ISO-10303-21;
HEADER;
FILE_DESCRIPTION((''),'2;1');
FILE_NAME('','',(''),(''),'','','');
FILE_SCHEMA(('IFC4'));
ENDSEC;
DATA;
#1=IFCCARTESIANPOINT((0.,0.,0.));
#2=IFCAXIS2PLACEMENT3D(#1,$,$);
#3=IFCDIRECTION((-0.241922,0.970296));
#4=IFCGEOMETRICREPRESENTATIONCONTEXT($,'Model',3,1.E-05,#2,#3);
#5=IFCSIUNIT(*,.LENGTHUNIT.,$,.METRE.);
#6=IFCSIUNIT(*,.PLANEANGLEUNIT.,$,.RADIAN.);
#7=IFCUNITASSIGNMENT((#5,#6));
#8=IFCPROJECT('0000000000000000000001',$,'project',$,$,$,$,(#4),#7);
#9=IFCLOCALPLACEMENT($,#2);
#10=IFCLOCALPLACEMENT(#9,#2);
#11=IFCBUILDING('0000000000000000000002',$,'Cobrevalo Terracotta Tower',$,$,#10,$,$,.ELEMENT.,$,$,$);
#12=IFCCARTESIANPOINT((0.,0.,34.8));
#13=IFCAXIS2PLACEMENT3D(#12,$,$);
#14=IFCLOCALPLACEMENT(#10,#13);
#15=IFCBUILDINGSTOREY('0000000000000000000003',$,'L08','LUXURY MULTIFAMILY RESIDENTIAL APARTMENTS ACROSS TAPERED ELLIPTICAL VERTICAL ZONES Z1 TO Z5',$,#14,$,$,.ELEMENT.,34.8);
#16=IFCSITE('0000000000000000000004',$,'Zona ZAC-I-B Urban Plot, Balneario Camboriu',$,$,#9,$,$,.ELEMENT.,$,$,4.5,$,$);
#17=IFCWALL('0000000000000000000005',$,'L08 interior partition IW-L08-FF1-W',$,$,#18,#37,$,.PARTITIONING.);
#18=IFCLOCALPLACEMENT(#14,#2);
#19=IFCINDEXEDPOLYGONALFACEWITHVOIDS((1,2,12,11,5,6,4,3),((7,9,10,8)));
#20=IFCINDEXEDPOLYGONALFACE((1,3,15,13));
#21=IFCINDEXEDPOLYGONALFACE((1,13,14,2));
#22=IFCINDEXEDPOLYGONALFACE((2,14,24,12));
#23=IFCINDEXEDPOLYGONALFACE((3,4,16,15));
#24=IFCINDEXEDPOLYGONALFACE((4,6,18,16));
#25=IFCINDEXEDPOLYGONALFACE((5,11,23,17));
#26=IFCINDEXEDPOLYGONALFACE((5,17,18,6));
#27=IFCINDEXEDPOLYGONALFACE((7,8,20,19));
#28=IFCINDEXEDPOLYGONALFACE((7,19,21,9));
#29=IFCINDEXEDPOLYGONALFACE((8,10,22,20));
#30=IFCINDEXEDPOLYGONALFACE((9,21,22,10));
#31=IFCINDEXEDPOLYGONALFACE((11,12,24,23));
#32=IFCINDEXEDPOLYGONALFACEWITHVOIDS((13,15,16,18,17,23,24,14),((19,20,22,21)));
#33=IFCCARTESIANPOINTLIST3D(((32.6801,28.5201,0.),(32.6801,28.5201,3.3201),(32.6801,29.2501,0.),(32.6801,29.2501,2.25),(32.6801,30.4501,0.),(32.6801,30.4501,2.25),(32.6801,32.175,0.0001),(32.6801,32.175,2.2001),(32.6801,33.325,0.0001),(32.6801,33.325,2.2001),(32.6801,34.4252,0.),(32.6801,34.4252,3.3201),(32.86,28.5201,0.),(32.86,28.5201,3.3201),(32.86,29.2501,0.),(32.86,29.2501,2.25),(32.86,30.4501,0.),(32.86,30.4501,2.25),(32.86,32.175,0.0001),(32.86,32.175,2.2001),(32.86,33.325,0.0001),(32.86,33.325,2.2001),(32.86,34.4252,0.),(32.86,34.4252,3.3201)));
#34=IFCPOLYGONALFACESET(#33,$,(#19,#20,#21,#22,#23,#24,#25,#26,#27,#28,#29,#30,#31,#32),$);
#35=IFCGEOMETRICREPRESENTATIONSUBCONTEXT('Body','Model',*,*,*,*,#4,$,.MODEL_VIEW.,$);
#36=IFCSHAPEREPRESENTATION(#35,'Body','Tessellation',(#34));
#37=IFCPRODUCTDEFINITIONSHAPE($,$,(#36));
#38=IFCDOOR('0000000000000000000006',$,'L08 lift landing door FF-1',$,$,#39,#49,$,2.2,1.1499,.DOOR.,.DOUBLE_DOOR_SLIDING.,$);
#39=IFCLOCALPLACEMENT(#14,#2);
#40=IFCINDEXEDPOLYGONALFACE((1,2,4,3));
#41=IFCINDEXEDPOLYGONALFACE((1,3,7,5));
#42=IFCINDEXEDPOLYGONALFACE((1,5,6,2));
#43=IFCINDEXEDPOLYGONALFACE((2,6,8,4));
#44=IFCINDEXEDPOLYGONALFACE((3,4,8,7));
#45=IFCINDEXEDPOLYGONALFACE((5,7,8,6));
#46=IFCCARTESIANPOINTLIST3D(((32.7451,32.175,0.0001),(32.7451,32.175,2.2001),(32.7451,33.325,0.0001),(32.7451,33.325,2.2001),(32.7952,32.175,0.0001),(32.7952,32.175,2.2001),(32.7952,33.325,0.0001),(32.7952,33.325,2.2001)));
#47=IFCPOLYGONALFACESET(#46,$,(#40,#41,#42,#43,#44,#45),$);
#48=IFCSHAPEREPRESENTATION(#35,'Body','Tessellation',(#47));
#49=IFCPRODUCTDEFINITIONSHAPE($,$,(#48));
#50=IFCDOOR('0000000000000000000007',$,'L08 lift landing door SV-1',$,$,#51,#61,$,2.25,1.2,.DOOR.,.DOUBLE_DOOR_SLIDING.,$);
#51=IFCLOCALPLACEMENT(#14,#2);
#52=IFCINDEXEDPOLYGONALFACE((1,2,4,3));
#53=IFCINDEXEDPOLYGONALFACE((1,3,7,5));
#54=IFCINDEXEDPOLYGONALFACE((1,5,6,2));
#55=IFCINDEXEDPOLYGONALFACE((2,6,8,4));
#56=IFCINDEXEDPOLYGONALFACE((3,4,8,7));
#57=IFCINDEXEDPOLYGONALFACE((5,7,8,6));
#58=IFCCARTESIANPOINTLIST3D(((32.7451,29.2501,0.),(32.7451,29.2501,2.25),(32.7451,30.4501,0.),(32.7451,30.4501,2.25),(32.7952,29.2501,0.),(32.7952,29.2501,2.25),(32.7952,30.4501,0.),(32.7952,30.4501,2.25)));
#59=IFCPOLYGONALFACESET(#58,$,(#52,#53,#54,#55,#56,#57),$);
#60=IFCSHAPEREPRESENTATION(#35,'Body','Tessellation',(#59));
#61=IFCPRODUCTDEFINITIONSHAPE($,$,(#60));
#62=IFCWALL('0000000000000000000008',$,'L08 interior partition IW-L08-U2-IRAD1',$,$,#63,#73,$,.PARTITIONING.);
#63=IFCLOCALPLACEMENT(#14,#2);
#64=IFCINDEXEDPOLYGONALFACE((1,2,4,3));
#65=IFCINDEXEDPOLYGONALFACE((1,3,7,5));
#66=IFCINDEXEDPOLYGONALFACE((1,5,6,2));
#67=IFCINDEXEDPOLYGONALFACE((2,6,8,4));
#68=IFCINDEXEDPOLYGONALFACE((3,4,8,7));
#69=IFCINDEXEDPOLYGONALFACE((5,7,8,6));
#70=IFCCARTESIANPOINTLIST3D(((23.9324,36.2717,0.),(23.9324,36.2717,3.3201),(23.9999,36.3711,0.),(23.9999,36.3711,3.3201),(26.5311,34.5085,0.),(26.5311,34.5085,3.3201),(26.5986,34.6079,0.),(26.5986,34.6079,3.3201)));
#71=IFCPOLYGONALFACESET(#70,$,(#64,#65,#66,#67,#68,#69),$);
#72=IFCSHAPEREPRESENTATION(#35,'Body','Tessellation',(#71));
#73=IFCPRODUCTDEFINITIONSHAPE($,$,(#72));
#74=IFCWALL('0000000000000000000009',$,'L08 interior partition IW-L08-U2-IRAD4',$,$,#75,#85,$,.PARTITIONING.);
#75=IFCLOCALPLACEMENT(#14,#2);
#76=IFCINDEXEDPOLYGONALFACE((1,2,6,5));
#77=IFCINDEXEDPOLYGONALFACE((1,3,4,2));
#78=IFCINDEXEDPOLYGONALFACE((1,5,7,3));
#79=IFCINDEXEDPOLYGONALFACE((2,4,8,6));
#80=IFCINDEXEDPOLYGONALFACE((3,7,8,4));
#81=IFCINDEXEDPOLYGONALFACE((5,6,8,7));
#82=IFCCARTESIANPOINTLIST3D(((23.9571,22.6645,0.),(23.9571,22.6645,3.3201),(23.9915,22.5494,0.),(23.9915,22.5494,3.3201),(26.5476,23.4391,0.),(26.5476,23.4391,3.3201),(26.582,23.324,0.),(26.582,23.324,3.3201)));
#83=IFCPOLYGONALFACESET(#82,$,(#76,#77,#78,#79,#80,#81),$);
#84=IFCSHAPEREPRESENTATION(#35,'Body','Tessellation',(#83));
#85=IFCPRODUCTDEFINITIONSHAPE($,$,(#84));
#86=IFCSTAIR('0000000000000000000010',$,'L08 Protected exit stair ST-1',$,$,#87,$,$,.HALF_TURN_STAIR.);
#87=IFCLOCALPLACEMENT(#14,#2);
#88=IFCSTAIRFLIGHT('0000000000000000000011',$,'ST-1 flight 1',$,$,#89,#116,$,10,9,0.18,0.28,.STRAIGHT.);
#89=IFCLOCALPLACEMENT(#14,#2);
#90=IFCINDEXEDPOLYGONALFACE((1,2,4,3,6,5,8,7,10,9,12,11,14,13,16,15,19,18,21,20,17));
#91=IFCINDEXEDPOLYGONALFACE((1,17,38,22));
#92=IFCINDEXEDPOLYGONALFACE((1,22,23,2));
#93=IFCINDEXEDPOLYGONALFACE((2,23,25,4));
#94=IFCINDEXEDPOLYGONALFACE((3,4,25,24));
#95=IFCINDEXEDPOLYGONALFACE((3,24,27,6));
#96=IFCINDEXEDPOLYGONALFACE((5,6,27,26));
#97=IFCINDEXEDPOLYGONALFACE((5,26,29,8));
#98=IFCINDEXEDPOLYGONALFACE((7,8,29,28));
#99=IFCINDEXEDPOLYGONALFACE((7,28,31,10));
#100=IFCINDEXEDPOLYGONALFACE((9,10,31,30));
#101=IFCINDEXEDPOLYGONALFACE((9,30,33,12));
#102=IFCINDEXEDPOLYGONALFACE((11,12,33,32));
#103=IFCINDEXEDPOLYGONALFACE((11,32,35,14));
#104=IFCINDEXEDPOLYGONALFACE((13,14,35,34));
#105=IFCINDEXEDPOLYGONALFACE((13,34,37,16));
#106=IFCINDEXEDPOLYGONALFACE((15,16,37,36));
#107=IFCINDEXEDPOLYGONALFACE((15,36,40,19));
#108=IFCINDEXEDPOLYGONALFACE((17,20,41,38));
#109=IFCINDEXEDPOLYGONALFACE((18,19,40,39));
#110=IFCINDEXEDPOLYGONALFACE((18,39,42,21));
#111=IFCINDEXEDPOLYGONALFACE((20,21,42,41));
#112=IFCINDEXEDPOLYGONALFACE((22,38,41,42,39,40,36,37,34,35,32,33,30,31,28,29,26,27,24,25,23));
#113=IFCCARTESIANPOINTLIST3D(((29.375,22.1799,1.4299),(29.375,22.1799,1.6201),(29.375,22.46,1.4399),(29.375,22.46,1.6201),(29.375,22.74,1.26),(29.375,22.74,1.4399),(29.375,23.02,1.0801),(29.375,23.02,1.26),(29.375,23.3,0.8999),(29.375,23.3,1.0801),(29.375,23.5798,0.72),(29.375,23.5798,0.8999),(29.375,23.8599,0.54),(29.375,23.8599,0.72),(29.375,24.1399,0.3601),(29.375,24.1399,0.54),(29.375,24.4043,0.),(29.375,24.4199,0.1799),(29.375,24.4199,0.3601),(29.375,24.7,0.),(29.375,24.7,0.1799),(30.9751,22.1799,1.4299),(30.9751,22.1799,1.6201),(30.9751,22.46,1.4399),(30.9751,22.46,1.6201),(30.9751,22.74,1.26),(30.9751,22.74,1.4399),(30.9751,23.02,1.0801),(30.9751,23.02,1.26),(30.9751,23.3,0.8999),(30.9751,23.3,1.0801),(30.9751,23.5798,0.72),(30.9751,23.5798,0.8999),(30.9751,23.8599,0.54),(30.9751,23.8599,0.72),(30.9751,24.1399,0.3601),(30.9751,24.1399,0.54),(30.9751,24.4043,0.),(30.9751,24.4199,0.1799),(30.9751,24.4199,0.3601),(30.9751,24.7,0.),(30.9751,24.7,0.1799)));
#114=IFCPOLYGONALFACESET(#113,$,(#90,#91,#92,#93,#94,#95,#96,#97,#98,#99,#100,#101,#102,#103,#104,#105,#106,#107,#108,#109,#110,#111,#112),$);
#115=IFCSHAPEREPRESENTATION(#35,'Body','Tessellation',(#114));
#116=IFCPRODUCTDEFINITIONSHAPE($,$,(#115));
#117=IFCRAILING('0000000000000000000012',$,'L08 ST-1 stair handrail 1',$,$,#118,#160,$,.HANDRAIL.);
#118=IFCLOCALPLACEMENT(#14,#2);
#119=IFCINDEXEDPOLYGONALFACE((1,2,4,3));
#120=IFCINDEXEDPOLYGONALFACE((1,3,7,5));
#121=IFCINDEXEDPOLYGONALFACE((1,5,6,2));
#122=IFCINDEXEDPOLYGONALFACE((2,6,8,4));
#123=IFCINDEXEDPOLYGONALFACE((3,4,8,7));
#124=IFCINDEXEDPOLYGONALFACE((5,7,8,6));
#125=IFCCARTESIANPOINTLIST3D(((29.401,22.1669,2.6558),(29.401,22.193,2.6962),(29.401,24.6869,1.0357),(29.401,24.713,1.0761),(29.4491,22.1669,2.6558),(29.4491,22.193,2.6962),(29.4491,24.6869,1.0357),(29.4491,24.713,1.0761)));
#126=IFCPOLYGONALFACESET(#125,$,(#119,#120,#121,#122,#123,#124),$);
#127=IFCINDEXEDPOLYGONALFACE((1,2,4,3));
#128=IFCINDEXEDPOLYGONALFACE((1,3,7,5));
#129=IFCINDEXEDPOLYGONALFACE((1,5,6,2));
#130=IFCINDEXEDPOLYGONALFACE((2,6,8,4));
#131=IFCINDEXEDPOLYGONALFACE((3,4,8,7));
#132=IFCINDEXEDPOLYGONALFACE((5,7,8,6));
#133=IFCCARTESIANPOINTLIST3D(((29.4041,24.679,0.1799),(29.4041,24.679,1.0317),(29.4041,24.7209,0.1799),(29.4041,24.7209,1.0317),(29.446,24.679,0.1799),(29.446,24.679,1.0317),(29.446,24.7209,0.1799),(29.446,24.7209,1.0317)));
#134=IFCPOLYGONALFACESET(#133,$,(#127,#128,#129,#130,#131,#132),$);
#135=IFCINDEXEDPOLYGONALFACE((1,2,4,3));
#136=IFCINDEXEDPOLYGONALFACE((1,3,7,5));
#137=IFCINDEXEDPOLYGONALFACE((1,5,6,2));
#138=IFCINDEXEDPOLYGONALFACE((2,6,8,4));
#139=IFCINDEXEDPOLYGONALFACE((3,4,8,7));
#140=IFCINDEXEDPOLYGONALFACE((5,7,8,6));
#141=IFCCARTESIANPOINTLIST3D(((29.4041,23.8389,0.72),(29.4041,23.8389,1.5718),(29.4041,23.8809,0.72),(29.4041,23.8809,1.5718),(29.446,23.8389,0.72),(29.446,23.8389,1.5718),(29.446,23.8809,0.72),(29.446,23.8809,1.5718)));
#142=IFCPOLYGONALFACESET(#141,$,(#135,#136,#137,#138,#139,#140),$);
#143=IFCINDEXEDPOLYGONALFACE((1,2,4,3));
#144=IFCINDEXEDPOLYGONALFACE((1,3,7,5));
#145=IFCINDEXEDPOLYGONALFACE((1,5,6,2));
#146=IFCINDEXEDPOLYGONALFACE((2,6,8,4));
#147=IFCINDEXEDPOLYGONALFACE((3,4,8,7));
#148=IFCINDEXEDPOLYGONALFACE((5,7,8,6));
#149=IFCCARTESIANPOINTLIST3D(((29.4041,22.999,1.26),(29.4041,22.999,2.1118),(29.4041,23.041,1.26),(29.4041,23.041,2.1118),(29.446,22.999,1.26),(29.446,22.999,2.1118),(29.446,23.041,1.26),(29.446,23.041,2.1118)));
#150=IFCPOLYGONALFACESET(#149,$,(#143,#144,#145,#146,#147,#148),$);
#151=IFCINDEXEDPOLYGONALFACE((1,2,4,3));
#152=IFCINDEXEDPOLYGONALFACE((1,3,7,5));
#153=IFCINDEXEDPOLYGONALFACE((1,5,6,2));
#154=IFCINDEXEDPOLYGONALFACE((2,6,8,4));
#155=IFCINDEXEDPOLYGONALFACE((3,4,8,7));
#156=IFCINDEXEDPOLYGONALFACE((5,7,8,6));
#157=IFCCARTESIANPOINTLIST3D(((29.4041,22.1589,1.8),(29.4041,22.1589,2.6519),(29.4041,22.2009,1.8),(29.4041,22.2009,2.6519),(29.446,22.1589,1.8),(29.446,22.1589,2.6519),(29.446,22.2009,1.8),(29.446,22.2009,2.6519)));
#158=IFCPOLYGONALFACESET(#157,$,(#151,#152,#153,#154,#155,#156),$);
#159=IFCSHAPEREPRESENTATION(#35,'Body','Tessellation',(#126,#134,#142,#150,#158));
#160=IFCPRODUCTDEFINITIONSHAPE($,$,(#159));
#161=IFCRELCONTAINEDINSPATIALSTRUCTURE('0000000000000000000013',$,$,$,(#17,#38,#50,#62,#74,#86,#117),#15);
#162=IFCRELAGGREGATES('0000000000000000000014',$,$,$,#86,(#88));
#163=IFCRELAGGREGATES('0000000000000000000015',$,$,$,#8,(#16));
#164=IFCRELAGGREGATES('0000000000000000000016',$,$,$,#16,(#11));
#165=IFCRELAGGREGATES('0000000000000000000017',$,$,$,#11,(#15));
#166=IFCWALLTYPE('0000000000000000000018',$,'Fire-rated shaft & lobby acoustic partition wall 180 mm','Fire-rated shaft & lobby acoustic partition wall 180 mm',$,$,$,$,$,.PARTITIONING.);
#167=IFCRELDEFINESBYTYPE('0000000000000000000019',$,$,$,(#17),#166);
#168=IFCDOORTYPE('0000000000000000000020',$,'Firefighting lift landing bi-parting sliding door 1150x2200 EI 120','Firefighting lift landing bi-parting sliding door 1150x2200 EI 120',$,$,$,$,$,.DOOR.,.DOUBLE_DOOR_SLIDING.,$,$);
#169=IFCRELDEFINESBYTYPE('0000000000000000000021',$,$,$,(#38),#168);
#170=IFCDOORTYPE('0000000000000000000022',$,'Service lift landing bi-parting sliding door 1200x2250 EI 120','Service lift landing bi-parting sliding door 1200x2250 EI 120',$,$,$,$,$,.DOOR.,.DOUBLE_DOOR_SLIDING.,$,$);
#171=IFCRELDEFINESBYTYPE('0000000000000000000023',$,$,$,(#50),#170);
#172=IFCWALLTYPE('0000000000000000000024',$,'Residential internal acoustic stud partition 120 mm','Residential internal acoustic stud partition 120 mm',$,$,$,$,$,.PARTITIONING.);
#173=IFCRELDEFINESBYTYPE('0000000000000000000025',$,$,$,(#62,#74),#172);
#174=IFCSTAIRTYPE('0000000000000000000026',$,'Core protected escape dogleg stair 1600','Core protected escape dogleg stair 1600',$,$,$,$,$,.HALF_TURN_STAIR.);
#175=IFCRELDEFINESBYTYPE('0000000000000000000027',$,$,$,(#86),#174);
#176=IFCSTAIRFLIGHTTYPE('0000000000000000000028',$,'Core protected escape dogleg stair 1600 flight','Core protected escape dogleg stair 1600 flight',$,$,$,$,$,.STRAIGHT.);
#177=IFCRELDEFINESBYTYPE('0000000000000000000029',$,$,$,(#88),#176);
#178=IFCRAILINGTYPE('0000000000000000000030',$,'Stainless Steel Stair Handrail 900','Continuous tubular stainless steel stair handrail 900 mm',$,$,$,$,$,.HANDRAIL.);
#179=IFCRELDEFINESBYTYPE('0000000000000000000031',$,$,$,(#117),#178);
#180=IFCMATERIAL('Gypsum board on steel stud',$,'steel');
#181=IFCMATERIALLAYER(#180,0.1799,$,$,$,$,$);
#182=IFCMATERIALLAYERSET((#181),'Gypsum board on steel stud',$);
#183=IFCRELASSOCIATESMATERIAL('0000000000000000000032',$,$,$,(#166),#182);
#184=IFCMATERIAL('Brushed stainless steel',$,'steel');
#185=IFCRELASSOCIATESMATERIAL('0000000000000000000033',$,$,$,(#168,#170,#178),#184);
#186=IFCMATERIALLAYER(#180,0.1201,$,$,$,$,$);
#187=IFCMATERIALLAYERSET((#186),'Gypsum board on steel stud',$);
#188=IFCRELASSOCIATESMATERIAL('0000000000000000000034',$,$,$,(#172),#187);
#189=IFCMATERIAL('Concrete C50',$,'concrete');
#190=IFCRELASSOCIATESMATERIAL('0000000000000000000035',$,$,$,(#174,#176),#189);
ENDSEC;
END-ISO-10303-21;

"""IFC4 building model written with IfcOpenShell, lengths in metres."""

from ifc_helpers import new_model, si_unit, direction, frame, frame_2d, origin, origin_2d, place, context, subcontext, project, spatial, polyline, rectangle, outline, extrude, source, transform, mapped, material, layer, layer_set, type_object, element, fill, aggregate, save


model = new_model("IFC4")

# Units and contexts
model_context = context("Model", 3, precision=1e-05, world=origin(), true_north=direction((-0.241922, 0.970296)))
body_context = subcontext(model_context, "Body", "Model", "MODEL_VIEW")
ifc_project = project(units=[si_unit("LENGTHUNIT", "METRE"), si_unit("PLANEANGLEUNIT", "RADIAN")], contexts=[model_context])

# Site, building, storey
site_placement = place(None, origin())
site = spatial("IfcSite", under=ifc_project, at=site_placement, Name="Zona ZAC-I-B Urban Plot, Balneario Camboriu", CompositionType="ELEMENT", RefElevation=4.5)
building_placement = place(site_placement, origin())
building = spatial("IfcBuilding", under=site, at=building_placement, Name="Cobrevalo Terracotta Tower", CompositionType="ELEMENT")
storey_placement = place(building_placement, frame((0.0, 0.0, 34.8)))
storey = spatial("IfcBuildingStorey", under=building, at=storey_placement, Name="L08", Description="LUXURY MULTIFAMILY RESIDENTIAL APARTMENTS ACROSS TAPERED ELLIPTICAL VERTICAL ZONES Z1 TO Z5", CompositionType="ELEMENT", Elevation=34.8)

# Shared definitions
ifc_material_1 = material(Name="Gypsum board on steel stud", Category="steel")

# Shared definitions
ifc_layer_1 = layer(ifc_material_1, 0.1799)
ifc_layer_set_1 = layer_set([ifc_layer_1], Name="Gypsum board on steel stud")
wall_type_1 = type_object("IfcWallType", Name="Fire-rated shaft & lobby acoustic partition wall 180 mm", Description="Fire-rated shaft & lobby acoustic partition wall 180 mm", PredefinedType="PARTITIONING", material=ifc_layer_set_1)

# Wall, openings, doors
wall_1_placement = place(storey_placement, frame((32.77, 28.52, 0.0), z_axis=(0.0, 0.0, 1.0), x_axis=(0.0, 1.0, 0.0)))
wall_1 = element("IfcWall", 1, at=wall_1_placement, inside=storey, type_object=wall_type_1, Name="L08 interior partition IW-L08-FF1-W", PredefinedType="PARTITIONING", context=body_context, shape_type="SweptSolid", body=[
    extrude(rectangle(XDim=5.905, YDim=0.1799, at=frame_2d((2.9526, 0.0))), origin(), (0.0, 0.0, 1.0), 3.3201),
])
opening_1_placement = place(wall_1_placement, frame((3.655, 0.0, 0.0)))
opening_1 = element("IfcOpeningElement", 2, at=opening_1_placement, cuts=wall_1, PredefinedType="OPENING", context=body_context, shape_type="SweptSolid", body=[
    extrude(rectangle(XDim=1.1499, YDim=2.2, at=frame_2d((0.575, 1.1001))), frame((0.0, 0.1001, 0.0), z_axis=(0.0, -1.0, 0.0), x_axis=(1.0, 0.0, 0.0)), (0.0, 0.0, 1.0), 0.2),
])
opening_2_placement = place(wall_1_placement, frame((0.73, 0.0, 0.0)))
opening_2 = element("IfcOpeningElement", 3, at=opening_2_placement, cuts=wall_1, PredefinedType="OPENING", context=body_context, shape_type="SweptSolid", body=[
    extrude(rectangle(XDim=1.2, YDim=2.25, at=frame_2d((0.6001, 1.125))), frame((0.0, 0.1001, 0.0), z_axis=(0.0, -1.0, 0.0), x_axis=(1.0, 0.0, 0.0)), (0.0, 0.0, 1.0), 0.2),
])
ifc_material_2 = material(Name="Brushed stainless steel", Category="steel")
door_type_1 = type_object("IfcDoorType", Name="Firefighting lift landing bi-parting sliding door 1150x2200 EI 120", Description="Firefighting lift landing bi-parting sliding door 1150x2200 EI 120", OperationType="DOUBLE_DOOR_SLIDING", PredefinedType="DOOR", material=ifc_material_2)
shared_shape_1 = source(origin(), body_context, "Body", "SweptSolid", [
    extrude(rectangle(XDim=1.1499, YDim=2.2, at=frame_2d((0.575, 1.1001))), frame((0.0, 0.0249, 0.0), z_axis=(0.0, -1.0, 0.0), x_axis=(1.0, 0.0, 0.0)), (0.0, 0.0, 1.0), 0.05),
])
door_1_placement = place(opening_1_placement, origin())
door_1 = element("IfcDoor", 4, at=door_1_placement, inside=storey, type_object=door_type_1, Name="L08 lift landing door FF-1", OperationType="DOUBLE_DOOR_SLIDING", OverallHeight=2.2, OverallWidth=1.1499, PredefinedType="DOOR", context=body_context, shape_type="MappedRepresentation", body=[
    mapped(shared_shape_1, transform((0.0, 0.0, 0.0), scale=1.0)),
])
fill(opening_1, door_1)
door_type_2 = type_object("IfcDoorType", Name="Service lift landing bi-parting sliding door 1200x2250 EI 120", Description="Service lift landing bi-parting sliding door 1200x2250 EI 120", OperationType="DOUBLE_DOOR_SLIDING", PredefinedType="DOOR", material=ifc_material_2)
shared_shape_2 = source(origin(), body_context, "Body", "SweptSolid", [
    extrude(rectangle(XDim=1.2, YDim=2.25, at=frame_2d((0.6001, 1.125))), frame((0.0, 0.0249, 0.0), z_axis=(0.0, -1.0, 0.0), x_axis=(1.0, 0.0, 0.0)), (0.0, 0.0, 1.0), 0.05),
])
door_2_placement = place(opening_2_placement, origin())
door_2 = element("IfcDoor", 5, at=door_2_placement, inside=storey, type_object=door_type_2, Name="L08 lift landing door SV-1", OperationType="DOUBLE_DOOR_SLIDING", OverallHeight=2.25, OverallWidth=1.2, PredefinedType="DOOR", context=body_context, shape_type="MappedRepresentation", body=[
    mapped(shared_shape_2, transform((0.0, 0.0, 0.0), scale=1.0)),
])
fill(opening_2, door_2)

# Wall
ifc_layer_2 = layer(ifc_material_1, 0.1201)
ifc_layer_set_2 = layer_set([ifc_layer_2], Name="Gypsum board on steel stud")
wall_type_2 = type_object("IfcWallType", Name="Residential internal acoustic stud partition 120 mm", Description="Residential internal acoustic stud partition 120 mm", PredefinedType="PARTITIONING", material=ifc_layer_set_2)
wall_2_placement = place(storey_placement, frame((26.5649, 34.5581, 0.0), z_axis=(0.0, 0.0, 1.0), x_axis=(-0.827502, 0.561463, 0.0)))
element("IfcWall", 6, at=wall_2_placement, inside=storey, type_object=wall_type_2, Name="L08 interior partition IW-L08-U2-IRAD1", PredefinedType="PARTITIONING", context=body_context, shape_type="SweptSolid", body=[
    extrude(rectangle(XDim=3.1404, YDim=0.1201, at=frame_2d((1.5703, 0.0))), origin(), (0.0, 0.0, 1.0), 3.3201),
])

# Wall
wall_3_placement = place(storey_placement, frame((26.5649, 23.3816, 0.0), z_axis=(0.0, 0.0, 1.0), x_axis=(-0.958082, -0.286495, 0.0)))
element("IfcWall", 7, at=wall_3_placement, inside=storey, type_object=wall_type_2, Name="L08 interior partition IW-L08-U2-IRAD4", PredefinedType="PARTITIONING", context=body_context, shape_type="SweptSolid", body=[
    extrude(rectangle(XDim=2.7039, YDim=0.1201, at=frame_2d((1.3521, 0.0))), origin(), (0.0, 0.0, 1.0), 3.3201),
])

# Shared definitions
ifc_material_3 = material(Name="Concrete C50", Category="concrete")

# Stair, stair flight
stair_type = type_object("IfcStairType", Name="Core protected escape dogleg stair 1600", Description="Core protected escape dogleg stair 1600", PredefinedType="HALF_TURN_STAIR", material=ifc_material_3)
stair_placement = place(storey_placement, origin())
stair = element("IfcStair", 8, at=stair_placement, inside=storey, type_object=stair_type, Name="L08 Protected exit stair ST-1", PredefinedType="HALF_TURN_STAIR")
stair_flight_type = type_object("IfcStairFlightType", Name="Core protected escape dogleg stair 1600 flight", Description="Core protected escape dogleg stair 1600 flight", PredefinedType="STRAIGHT", material=ifc_material_3)
stair_flight_placement = place(storey_placement, frame((30.175, 24.7, 0.0), z_axis=(0.0, 0.0, 1.0), x_axis=(0.0, -1.0, 0.0)))
stair_flight = element("IfcStairFlight", 9, at=stair_flight_placement, type_object=stair_flight_type, Name="ST-1 flight 1", NumberOfRisers=10, NumberOfTreads=9, PredefinedType="STRAIGHT", RiserHeight=0.18, TreadLength=0.28, context=body_context, shape_type="SweptSolid", body=[
    extrude(outline(polyline([(0.0, 0.0), (0.0, 0.1799), (0.28, 0.1799), (0.28, 0.3601), (0.5601, 0.3601), (0.5601, 0.54), (0.8401, 0.54), (0.8401, 0.72), (1.1201, 0.72), (1.1201, 0.8999), (1.3999, 0.8999), (1.3999, 1.0801), (1.6799, 1.0801), (1.6799, 1.26), (1.96, 1.26), (1.96, 1.4399), (2.24, 1.4399), (2.24, 1.6201), (2.52, 1.6201), (2.52, 1.8), (2.52, 1.4299), (0.2957, 0.0), (0.0, 0.0)])), frame((0.0, 0.8, 0.0), z_axis=(0.0, -1.0, 0.0), x_axis=(1.0, 0.0, 0.0)), (0.0, 0.0, 1.0), 1.6001),
])
aggregate(stair, [stair_flight])

# Railing
railing_type_1 = type_object("IfcRailingType", Name="Stainless Steel Stair Handrail 900", Description="Continuous tubular stainless steel stair handrail 900 mm", PredefinedType="HANDRAIL", material=ifc_material_2)
railing_1_placement = place(storey_placement, frame((29.425, 24.7, 0.1799)))
element("IfcRailing", 10, at=railing_1_placement, inside=storey, type_object=railing_type_1, Name="L08 ST-1 stair handrail 1", PredefinedType="HANDRAIL", context=body_context, shape_type="SweptSolid", body=[
    extrude(rectangle(XDim=0.0481, YDim=0.0481, at=origin_2d()), frame((0.0, 0.0, 0.876), z_axis=(0.0, -0.841163, 0.540782), x_axis=(1.0, 0.0, 0.0)), (0.0, 0.0, 1.0), 2.9958),
    extrude(rectangle(XDim=0.042, YDim=0.042, at=origin_2d()), origin(), (0.0, 0.0, 1.0), 0.8518),
    extrude(rectangle(XDim=0.042, YDim=0.042, at=origin_2d()), frame((0.0, -0.8401, 0.54)), (0.0, 0.0, 1.0), 0.8518),
    extrude(rectangle(XDim=0.042, YDim=0.042, at=origin_2d()), frame((0.0, -1.6799, 1.0801)), (0.0, 0.0, 1.0), 0.8518),
    extrude(rectangle(XDim=0.042, YDim=0.042, at=origin_2d()), frame((0.0, -2.52, 1.6201)), (0.0, 0.0, 1.0), 0.8518),
])

save(model, "model.ifc")
